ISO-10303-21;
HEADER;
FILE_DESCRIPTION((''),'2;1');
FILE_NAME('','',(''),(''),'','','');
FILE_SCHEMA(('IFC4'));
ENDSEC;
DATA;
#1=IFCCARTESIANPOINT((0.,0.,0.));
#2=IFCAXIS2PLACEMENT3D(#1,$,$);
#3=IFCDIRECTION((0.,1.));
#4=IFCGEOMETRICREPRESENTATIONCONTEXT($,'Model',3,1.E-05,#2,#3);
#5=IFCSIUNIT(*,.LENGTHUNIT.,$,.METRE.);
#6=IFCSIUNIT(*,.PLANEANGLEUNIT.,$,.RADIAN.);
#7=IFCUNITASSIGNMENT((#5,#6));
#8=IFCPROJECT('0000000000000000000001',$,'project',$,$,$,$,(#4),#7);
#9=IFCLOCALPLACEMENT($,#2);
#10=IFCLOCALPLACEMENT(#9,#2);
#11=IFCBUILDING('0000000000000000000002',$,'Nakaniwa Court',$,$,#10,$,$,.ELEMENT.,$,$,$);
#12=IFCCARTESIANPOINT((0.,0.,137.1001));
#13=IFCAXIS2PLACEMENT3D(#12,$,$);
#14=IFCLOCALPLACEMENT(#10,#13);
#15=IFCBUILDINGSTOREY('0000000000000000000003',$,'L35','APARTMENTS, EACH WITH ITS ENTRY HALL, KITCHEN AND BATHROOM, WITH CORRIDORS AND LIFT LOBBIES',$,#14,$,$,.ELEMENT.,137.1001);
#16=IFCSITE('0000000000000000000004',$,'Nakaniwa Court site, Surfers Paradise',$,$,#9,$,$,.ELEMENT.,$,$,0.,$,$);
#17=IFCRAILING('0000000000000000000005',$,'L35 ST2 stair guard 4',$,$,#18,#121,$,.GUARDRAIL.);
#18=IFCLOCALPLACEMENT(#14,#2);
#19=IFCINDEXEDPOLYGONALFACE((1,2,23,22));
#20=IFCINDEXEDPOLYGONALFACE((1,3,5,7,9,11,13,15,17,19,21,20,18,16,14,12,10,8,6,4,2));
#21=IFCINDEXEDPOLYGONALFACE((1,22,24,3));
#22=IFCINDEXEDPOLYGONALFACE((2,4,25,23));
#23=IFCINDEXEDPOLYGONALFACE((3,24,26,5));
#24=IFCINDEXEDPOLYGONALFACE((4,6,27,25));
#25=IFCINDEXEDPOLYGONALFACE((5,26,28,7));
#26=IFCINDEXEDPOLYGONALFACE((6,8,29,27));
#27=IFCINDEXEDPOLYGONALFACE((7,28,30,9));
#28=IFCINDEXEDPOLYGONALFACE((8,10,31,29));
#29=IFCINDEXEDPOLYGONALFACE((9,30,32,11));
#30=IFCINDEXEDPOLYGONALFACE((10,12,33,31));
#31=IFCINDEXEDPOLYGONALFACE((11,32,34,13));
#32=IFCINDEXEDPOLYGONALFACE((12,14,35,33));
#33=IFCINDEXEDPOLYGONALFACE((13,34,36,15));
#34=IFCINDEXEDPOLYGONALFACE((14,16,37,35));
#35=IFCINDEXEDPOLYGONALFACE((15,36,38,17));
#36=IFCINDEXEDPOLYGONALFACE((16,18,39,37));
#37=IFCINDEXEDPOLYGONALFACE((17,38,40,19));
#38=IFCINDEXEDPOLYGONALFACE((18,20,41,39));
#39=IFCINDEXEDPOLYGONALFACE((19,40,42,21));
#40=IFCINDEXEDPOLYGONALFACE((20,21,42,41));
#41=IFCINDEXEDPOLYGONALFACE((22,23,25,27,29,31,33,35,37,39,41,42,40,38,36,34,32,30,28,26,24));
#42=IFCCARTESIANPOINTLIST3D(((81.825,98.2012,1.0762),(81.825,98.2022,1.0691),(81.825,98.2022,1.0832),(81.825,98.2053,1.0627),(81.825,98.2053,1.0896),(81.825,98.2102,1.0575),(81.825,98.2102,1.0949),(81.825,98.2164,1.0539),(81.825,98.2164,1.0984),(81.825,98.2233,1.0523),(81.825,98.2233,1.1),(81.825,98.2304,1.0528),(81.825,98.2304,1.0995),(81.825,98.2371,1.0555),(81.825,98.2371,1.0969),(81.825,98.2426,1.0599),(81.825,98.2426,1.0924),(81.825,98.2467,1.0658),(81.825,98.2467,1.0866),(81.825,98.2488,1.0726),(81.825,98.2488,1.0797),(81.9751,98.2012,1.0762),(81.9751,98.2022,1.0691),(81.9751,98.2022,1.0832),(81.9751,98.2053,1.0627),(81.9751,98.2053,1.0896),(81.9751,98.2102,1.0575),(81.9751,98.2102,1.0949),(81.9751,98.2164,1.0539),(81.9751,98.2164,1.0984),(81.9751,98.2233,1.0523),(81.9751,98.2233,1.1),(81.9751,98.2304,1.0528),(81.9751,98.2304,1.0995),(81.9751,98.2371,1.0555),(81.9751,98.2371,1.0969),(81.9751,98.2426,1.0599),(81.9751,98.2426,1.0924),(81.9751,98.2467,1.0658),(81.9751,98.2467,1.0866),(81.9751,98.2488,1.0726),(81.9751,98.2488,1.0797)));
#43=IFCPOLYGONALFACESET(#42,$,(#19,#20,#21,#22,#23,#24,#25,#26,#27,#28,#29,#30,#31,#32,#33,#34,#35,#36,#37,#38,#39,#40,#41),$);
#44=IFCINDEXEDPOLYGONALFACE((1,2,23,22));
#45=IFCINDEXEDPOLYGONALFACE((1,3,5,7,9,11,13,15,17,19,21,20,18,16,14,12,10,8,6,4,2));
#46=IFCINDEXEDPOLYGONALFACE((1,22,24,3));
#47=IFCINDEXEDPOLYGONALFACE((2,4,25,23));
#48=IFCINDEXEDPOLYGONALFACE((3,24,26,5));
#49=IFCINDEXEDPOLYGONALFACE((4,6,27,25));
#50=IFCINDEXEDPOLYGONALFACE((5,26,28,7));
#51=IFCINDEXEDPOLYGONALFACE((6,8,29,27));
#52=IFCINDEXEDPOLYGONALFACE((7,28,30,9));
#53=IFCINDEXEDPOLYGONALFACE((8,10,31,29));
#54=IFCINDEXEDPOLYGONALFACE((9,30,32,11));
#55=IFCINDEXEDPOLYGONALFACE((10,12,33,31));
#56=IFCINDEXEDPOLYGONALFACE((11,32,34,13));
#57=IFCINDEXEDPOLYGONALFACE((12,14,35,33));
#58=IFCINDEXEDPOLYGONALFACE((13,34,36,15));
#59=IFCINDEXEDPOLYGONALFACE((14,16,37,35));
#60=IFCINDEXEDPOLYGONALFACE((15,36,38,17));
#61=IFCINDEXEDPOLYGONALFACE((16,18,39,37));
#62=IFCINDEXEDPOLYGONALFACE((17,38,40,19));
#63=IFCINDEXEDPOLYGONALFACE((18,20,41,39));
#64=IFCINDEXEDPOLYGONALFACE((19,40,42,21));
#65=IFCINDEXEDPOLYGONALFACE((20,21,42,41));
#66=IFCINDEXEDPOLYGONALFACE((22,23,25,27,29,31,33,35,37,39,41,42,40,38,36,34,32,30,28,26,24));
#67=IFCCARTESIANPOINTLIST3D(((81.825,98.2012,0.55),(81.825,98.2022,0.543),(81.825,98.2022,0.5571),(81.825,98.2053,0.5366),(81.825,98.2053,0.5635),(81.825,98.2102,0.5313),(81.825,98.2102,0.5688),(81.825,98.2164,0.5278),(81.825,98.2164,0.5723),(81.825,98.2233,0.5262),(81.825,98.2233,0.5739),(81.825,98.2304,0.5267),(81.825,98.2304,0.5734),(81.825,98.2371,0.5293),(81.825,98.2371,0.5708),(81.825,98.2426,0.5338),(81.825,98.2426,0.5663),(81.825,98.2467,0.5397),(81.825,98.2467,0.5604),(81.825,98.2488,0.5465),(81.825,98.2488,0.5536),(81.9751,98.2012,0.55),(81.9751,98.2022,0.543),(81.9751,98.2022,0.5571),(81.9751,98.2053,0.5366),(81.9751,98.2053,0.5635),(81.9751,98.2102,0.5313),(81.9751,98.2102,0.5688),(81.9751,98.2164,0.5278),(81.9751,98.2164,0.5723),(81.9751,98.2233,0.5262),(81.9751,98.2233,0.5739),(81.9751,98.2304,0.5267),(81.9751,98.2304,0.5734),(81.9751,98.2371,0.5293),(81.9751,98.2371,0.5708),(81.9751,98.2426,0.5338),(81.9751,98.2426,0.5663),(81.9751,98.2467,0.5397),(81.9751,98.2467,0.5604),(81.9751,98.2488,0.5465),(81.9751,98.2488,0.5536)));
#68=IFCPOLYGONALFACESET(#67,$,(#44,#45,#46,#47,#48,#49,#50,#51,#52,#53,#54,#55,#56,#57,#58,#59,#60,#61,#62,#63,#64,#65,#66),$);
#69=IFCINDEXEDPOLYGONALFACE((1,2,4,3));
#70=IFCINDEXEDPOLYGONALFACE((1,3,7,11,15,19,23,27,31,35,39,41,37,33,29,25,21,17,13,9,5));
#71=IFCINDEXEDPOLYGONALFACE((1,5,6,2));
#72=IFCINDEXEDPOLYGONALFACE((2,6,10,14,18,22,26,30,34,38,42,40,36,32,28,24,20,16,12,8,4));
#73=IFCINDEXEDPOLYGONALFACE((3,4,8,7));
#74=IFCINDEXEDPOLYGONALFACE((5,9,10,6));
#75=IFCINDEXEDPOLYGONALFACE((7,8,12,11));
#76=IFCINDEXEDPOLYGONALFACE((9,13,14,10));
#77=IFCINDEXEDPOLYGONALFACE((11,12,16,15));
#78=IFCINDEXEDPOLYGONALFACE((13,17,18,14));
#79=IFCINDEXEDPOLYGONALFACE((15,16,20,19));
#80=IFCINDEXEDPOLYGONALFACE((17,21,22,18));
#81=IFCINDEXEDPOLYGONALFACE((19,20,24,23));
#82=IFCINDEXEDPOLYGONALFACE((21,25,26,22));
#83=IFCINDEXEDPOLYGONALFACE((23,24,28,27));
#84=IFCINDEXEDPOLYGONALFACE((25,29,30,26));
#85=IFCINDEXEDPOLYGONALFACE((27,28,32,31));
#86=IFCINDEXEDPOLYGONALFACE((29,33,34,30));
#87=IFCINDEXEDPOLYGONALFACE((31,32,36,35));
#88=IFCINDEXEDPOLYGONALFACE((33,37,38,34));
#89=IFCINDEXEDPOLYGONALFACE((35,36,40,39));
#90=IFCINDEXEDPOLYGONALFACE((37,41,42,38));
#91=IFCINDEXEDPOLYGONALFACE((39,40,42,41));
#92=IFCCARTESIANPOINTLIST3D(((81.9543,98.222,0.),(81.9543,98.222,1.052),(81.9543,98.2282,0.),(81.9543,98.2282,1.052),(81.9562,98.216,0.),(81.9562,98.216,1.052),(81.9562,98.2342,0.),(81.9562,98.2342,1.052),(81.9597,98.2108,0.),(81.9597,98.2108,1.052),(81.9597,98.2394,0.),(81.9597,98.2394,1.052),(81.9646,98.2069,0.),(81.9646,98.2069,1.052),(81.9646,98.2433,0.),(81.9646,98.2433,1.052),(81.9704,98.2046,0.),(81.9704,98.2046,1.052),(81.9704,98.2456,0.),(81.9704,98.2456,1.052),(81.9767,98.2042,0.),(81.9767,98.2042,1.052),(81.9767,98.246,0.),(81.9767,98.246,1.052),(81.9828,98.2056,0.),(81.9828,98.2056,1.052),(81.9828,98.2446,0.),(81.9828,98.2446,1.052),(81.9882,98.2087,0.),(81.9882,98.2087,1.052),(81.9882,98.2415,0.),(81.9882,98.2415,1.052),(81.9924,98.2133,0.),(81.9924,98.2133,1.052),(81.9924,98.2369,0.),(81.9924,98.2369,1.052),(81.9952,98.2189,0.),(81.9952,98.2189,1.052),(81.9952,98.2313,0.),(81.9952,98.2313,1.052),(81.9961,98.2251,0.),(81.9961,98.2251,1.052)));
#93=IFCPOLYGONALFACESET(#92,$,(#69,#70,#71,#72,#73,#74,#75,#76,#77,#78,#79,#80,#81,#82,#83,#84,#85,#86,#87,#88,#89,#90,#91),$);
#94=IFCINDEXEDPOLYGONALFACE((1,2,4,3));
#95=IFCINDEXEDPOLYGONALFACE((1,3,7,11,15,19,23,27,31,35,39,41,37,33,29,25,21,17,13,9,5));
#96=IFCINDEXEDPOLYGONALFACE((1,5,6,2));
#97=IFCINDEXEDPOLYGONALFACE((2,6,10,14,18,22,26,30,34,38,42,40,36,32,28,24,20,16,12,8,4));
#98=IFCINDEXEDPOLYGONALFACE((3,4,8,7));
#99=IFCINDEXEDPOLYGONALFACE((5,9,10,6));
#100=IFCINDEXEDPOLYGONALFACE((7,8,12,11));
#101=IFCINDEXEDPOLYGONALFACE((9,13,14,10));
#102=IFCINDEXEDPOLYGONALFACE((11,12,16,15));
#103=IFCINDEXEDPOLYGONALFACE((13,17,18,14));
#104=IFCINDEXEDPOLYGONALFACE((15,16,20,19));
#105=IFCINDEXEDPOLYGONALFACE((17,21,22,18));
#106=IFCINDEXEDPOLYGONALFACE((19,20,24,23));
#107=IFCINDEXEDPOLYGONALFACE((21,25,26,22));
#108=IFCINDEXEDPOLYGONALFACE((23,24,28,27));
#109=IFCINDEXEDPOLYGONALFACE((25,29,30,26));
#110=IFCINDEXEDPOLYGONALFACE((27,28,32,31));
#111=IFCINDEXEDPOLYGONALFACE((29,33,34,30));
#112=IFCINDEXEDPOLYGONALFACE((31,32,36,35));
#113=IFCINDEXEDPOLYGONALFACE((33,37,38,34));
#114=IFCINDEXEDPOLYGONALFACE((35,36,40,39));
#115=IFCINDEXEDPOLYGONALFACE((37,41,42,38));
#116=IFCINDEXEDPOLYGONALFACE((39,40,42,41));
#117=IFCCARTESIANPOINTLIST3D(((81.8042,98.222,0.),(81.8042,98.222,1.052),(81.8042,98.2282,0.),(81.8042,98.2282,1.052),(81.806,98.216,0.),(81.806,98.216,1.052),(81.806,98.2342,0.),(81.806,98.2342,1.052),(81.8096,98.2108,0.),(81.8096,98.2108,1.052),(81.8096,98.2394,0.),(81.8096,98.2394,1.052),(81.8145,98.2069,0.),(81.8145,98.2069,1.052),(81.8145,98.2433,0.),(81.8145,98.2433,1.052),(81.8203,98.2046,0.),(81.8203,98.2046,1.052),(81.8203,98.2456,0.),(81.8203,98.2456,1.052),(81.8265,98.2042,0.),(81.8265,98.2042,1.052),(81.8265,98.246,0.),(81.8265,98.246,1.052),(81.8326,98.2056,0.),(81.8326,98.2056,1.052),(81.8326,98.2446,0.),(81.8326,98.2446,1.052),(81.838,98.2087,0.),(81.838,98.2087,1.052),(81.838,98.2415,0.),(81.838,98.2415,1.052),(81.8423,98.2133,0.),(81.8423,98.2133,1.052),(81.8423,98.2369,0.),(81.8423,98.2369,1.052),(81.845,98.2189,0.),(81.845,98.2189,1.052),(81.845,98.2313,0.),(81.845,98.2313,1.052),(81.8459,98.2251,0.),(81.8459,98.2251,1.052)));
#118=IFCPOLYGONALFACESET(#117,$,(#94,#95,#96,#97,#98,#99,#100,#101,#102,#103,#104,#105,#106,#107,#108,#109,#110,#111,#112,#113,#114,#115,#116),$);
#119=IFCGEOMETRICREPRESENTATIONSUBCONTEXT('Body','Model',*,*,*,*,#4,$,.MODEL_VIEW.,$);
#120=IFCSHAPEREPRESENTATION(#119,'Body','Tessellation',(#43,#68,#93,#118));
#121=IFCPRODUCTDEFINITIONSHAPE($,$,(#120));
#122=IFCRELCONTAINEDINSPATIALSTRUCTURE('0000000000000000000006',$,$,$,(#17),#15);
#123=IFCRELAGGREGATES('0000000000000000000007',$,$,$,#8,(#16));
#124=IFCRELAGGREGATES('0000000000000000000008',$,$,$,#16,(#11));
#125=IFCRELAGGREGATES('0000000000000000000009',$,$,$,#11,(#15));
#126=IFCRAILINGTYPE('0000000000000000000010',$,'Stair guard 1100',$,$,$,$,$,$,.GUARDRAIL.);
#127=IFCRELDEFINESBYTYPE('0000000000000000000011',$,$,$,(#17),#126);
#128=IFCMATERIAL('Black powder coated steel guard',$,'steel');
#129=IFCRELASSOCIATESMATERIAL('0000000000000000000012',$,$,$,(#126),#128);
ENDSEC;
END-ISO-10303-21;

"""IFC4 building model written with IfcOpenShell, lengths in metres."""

from ifc_helpers import new_model, si_unit, direction, frame, origin, origin_2d, place, context, subcontext, project, spatial, circle, extrude, material, type_object, element, save


model = new_model("IFC4")

# Units and contexts
model_context = context("Model", 3, precision=1e-05, world=origin(), true_north=direction((0.0, 1.0)))
body_context = subcontext(model_context, "Body", "Model", "MODEL_VIEW")
ifc_project = project(units=[si_unit("LENGTHUNIT", "METRE"), si_unit("PLANEANGLEUNIT", "RADIAN")], contexts=[model_context])

# Site, building, storey
site_placement = place(None, origin())
site = spatial("IfcSite", under=ifc_project, at=site_placement, Name="Nakaniwa Court site, Surfers Paradise", CompositionType="ELEMENT", RefElevation=0.0)
building_placement = place(site_placement, origin())
building = spatial("IfcBuilding", under=site, at=building_placement, Name="Nakaniwa Court", CompositionType="ELEMENT")
storey_placement = place(building_placement, frame((0.0, 0.0, 137.1001)))
storey = spatial("IfcBuildingStorey", under=building, at=storey_placement, Name="L35", Description="APARTMENTS, EACH WITH ITS ENTRY HALL, KITCHEN AND BATHROOM, WITH CORRIDORS AND LIFT LOBBIES", CompositionType="ELEMENT", Elevation=137.1001)

# Railing
ifc_material_1 = material(Name="Black powder coated steel guard", Category="steel")
railing_type_1 = type_object("IfcRailingType", Name="Stair guard 1100", PredefinedType="GUARDRAIL", material=ifc_material_1)
railing_1_placement = place(storey_placement, frame((81.9751, 98.2251, 0.0)))
element("IfcRailing", 1, at=railing_1_placement, inside=storey, type_object=railing_type_1, Name="L35 ST2 stair guard 4", PredefinedType="GUARDRAIL", context=body_context, shape_type="SweptSolid", body=[
    extrude(circle(Radius=0.0239, at=origin_2d()), frame((0.0, 0.0, 1.0762), z_axis=(-1.0, 0.0, 0.0), x_axis=(0.0, -1.0, 0.0)), (0.0, 0.0, 1.0), 0.1501),
    extrude(circle(Radius=0.0239, at=origin_2d()), frame((0.0, 0.0, 0.55), z_axis=(-1.0, 0.0, 0.0), x_axis=(0.0, -1.0, 0.0)), (0.0, 0.0, 1.0), 0.1501),
    extrude(circle(Radius=0.021, at=origin_2d()), origin(), (0.0, 0.0, 1.0), 1.052),
    extrude(circle(Radius=0.021, at=origin_2d()), frame((-0.1501, 0.0, 0.0)), (0.0, 0.0, 1.0), 1.052),
])

save(model, "model.ifc")
